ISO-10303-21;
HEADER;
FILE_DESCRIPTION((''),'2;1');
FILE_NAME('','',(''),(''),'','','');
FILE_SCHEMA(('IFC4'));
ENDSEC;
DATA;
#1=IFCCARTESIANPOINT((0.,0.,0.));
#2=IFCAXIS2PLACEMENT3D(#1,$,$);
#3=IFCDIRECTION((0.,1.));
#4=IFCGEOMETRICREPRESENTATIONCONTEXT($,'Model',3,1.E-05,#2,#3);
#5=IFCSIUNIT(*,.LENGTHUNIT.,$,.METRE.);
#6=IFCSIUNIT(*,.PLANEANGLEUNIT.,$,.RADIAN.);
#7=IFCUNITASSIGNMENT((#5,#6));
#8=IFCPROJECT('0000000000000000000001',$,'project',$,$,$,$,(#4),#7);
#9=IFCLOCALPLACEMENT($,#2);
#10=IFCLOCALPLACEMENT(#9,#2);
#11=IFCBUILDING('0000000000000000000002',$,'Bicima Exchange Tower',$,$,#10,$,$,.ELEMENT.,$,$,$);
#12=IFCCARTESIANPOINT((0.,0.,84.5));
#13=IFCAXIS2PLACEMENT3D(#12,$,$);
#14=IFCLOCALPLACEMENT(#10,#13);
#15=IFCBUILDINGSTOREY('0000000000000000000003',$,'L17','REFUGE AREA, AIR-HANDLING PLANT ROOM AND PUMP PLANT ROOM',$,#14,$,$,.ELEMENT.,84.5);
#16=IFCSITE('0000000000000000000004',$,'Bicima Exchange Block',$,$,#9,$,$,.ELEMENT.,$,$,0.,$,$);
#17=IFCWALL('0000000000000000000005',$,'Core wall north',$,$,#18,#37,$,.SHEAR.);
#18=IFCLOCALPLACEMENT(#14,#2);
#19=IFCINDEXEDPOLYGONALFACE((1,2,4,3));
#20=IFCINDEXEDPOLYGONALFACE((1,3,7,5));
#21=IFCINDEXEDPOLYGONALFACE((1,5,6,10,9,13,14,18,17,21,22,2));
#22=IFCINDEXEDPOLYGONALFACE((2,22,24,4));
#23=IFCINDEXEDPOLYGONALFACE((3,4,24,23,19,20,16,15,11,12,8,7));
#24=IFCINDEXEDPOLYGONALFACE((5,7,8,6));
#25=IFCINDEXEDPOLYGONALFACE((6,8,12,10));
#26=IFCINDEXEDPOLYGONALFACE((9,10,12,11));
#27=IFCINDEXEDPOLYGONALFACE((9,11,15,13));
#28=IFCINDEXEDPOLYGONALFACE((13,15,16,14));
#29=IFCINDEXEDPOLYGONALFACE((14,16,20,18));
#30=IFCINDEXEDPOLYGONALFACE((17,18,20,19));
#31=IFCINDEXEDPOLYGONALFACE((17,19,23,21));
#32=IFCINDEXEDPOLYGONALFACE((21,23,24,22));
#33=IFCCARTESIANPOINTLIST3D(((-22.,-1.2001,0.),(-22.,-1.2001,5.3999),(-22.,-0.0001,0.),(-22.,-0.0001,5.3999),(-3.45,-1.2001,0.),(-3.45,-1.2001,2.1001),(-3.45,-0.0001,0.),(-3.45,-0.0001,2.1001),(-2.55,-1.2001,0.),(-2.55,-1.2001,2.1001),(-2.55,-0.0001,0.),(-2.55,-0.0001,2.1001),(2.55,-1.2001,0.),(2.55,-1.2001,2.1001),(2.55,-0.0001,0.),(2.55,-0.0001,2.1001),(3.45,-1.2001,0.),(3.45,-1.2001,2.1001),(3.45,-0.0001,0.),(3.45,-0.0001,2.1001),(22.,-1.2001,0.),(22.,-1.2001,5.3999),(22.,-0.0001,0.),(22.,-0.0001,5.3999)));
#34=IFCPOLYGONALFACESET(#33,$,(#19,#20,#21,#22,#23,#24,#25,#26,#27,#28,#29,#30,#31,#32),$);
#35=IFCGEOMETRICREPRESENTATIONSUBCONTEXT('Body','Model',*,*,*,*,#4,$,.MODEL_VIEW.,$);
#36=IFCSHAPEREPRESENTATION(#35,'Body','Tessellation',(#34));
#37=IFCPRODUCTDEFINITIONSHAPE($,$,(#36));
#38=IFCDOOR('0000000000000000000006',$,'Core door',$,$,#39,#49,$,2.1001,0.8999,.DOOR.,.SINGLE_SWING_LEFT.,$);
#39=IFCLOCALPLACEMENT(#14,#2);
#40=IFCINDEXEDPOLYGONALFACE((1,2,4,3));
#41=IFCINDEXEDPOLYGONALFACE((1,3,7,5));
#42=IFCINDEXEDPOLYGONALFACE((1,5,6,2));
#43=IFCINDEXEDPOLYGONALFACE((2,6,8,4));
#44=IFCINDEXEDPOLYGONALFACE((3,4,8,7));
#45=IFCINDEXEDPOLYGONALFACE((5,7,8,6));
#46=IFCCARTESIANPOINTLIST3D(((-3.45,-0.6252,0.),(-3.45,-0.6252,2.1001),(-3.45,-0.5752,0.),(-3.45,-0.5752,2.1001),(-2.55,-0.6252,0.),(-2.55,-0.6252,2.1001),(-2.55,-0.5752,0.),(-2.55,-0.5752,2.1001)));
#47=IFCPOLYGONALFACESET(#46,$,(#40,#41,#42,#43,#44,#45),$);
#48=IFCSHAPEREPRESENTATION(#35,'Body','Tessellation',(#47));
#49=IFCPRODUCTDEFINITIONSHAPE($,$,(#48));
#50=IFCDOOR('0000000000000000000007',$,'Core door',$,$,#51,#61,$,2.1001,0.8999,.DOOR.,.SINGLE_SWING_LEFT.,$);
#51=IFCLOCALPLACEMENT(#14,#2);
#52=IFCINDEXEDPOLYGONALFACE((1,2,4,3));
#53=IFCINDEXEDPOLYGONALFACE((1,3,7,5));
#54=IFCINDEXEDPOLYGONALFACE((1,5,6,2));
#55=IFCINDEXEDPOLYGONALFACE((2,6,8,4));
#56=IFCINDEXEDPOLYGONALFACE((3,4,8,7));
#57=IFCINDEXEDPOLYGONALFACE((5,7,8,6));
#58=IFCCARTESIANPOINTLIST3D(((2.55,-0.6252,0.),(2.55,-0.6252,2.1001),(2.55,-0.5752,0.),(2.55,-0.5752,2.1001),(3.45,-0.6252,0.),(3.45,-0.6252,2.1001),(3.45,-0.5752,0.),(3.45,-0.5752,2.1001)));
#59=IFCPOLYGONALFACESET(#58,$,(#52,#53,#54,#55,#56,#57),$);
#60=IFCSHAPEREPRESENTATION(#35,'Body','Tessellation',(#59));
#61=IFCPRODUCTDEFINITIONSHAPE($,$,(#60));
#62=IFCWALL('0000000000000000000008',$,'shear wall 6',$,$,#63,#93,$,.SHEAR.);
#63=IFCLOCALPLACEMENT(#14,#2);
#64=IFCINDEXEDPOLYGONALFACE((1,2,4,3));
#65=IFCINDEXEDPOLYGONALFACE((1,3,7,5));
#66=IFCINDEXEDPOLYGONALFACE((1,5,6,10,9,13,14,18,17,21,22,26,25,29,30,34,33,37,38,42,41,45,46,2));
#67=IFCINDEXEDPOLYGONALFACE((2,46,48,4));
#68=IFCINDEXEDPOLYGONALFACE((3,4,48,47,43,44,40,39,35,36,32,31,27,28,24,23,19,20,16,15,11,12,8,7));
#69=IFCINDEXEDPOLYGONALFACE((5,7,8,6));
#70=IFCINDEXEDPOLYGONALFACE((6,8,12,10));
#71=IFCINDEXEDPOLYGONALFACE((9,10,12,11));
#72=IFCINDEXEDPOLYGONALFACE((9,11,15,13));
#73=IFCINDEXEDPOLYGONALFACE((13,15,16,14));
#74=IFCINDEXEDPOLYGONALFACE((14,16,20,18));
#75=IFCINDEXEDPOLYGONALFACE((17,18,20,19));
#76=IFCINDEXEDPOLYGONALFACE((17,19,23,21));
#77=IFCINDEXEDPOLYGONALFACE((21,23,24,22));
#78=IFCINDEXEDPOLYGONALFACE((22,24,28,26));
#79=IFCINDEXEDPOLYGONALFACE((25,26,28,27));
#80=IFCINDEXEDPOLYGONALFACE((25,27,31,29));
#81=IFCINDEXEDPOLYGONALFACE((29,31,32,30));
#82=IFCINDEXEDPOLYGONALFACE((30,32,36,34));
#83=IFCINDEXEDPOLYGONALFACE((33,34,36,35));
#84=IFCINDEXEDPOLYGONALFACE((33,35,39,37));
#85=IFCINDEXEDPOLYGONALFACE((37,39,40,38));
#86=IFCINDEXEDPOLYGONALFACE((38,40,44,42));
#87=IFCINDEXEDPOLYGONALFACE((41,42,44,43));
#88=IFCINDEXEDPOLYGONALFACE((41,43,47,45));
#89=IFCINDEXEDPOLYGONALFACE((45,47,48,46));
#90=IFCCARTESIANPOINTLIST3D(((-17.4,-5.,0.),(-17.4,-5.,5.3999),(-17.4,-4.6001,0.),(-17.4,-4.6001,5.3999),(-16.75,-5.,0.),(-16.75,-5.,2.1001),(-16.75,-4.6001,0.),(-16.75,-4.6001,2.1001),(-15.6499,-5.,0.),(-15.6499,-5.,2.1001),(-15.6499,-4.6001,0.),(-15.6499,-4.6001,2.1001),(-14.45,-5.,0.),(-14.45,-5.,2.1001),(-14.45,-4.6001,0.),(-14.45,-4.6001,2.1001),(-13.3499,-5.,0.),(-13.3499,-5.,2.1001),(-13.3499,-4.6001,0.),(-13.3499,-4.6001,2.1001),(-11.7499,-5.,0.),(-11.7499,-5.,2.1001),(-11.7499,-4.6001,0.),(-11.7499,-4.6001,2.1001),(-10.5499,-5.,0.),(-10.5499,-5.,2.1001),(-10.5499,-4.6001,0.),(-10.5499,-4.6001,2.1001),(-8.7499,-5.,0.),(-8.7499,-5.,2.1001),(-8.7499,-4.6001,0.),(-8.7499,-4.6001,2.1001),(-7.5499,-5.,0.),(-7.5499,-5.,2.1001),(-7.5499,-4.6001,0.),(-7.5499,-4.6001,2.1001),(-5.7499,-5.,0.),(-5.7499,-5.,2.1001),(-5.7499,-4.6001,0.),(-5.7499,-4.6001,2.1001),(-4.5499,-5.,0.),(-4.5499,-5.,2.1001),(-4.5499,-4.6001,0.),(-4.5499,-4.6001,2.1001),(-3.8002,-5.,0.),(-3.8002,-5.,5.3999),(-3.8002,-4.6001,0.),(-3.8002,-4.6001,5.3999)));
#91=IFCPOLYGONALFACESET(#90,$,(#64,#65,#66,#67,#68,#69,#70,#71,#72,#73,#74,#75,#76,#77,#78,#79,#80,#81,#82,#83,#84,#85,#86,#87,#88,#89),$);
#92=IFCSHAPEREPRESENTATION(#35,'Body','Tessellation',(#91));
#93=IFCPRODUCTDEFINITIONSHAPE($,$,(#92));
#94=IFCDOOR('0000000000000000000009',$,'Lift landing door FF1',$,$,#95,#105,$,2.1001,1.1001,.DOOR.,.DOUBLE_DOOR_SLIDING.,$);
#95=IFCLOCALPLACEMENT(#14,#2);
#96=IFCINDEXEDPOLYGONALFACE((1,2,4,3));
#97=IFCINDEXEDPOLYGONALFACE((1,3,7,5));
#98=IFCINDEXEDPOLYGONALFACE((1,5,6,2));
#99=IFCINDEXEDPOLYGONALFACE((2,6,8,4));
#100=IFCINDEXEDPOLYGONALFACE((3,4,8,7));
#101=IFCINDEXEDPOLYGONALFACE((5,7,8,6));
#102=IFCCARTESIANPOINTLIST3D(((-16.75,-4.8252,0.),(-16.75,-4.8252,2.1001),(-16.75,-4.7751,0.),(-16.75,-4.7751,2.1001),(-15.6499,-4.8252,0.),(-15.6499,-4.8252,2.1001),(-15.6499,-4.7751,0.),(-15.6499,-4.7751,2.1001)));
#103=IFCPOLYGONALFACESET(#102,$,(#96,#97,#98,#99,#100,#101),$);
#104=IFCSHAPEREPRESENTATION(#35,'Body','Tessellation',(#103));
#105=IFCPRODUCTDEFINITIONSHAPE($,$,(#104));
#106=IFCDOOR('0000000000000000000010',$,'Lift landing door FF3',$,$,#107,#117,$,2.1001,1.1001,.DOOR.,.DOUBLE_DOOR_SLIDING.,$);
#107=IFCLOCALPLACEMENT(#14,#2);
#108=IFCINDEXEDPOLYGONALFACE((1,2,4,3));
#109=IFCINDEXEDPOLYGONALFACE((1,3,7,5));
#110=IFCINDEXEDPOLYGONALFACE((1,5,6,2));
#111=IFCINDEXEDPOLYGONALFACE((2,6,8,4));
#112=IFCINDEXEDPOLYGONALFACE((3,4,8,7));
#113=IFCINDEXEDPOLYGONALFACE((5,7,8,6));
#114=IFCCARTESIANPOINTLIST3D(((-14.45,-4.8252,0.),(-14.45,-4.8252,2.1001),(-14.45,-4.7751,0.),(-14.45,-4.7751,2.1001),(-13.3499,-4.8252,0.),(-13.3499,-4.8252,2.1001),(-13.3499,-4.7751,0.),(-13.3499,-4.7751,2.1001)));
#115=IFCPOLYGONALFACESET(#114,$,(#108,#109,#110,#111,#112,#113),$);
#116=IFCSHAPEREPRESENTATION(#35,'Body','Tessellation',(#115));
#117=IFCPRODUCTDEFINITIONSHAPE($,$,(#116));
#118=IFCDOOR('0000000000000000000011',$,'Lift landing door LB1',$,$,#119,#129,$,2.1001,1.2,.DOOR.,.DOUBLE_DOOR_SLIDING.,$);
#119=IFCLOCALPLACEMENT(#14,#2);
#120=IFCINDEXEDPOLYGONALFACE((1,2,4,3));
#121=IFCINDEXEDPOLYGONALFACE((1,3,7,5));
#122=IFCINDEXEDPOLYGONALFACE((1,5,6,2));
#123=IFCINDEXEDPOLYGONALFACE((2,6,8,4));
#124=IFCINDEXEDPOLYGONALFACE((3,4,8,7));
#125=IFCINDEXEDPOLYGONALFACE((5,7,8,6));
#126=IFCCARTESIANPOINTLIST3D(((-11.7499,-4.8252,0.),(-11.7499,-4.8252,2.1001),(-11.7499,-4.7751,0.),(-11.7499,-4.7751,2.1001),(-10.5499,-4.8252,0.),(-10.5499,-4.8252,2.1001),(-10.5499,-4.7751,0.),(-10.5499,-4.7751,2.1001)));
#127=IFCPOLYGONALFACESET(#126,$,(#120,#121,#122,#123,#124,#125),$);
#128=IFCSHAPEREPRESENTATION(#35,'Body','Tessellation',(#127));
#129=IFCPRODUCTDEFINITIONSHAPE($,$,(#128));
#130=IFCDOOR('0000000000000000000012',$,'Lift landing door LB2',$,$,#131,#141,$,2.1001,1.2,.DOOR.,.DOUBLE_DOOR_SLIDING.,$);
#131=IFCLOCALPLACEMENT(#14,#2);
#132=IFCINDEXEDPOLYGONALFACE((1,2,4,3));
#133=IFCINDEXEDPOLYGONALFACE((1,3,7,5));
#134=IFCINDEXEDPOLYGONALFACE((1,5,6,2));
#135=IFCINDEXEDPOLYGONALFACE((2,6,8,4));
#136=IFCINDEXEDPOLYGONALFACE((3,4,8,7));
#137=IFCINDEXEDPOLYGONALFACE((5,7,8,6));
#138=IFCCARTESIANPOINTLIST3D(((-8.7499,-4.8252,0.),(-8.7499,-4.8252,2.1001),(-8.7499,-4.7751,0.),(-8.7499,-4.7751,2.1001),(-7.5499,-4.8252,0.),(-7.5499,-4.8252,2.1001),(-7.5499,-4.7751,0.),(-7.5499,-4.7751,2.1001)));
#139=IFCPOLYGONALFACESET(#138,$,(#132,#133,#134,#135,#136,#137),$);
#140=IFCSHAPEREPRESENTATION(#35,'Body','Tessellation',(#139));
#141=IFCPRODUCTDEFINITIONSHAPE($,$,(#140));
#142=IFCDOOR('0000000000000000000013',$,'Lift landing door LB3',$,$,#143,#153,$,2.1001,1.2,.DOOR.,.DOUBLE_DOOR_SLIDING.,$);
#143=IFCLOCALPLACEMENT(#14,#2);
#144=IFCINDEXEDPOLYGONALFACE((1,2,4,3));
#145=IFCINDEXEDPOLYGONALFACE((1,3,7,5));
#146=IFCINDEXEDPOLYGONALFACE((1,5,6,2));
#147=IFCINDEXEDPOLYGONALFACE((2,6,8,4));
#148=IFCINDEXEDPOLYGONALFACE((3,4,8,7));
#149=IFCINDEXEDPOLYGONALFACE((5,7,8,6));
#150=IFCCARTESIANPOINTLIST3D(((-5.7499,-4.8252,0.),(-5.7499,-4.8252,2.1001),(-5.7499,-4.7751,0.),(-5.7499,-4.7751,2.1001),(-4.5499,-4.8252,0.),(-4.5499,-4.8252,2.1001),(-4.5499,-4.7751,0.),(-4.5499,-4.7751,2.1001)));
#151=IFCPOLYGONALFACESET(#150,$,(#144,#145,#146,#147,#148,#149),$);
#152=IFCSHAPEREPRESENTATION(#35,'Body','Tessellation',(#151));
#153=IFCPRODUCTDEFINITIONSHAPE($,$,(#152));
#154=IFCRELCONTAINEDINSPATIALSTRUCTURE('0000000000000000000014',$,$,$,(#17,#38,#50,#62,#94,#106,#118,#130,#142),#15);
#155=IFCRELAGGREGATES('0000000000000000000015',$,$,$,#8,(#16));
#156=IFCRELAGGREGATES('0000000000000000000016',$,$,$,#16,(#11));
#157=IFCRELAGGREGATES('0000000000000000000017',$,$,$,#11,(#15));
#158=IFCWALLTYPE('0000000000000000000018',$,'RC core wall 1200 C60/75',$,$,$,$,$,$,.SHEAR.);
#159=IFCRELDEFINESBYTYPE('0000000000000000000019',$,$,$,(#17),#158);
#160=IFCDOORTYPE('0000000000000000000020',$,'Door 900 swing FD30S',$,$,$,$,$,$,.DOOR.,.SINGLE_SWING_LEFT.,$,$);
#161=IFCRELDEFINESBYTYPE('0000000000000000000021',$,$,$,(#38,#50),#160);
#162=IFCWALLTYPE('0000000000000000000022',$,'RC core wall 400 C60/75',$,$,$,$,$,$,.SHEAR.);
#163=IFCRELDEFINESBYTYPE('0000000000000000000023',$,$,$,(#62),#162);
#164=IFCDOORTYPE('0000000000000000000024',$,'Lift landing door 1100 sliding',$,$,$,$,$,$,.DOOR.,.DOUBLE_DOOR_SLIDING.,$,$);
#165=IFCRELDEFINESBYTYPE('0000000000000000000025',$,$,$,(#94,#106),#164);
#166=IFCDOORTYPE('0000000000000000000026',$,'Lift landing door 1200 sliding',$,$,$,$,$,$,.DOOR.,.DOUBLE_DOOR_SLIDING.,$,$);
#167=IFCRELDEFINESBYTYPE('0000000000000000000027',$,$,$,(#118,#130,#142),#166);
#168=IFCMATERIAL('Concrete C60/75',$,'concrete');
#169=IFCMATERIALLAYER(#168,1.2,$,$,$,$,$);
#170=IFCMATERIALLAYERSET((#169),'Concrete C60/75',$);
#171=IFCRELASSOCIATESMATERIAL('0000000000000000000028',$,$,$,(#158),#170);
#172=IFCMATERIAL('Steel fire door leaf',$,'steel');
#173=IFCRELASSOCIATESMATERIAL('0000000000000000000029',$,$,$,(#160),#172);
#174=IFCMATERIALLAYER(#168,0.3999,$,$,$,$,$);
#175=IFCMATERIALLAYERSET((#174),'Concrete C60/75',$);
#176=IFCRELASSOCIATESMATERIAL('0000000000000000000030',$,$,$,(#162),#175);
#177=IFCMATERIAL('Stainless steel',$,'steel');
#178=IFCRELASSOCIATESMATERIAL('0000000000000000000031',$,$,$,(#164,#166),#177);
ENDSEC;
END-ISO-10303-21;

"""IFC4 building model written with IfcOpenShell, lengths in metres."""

from ifc_helpers import new_model, si_unit, direction, frame, frame_2d, origin, place, context, subcontext, project, spatial, rectangle, extrude, material, layer, layer_set, type_object, element, fill, save


model = new_model("IFC4")

# Units and contexts
model_context = context("Model", 3, precision=1e-05, world=origin(), true_north=direction((0.0, 1.0)))
body_context = subcontext(model_context, "Body", "Model", "MODEL_VIEW")
ifc_project = project(units=[si_unit("LENGTHUNIT", "METRE"), si_unit("PLANEANGLEUNIT", "RADIAN")], contexts=[model_context])

# Site, building, storey
site_placement = place(None, origin())
site = spatial("IfcSite", under=ifc_project, at=site_placement, Name="Bicima Exchange Block", CompositionType="ELEMENT", RefElevation=0.0)
building_placement = place(site_placement, origin())
building = spatial("IfcBuilding", under=site, at=building_placement, Name="Bicima Exchange Tower", CompositionType="ELEMENT")
storey_placement = place(building_placement, frame((0.0, 0.0, 84.5)))
storey = spatial("IfcBuildingStorey", under=building, at=storey_placement, Name="L17", Description="REFUGE AREA, AIR-HANDLING PLANT ROOM AND PUMP PLANT ROOM", CompositionType="ELEMENT", Elevation=84.5)

# Walls, openings, doors
ifc_material_1 = material(Name="Concrete C60/75", Category="concrete")
ifc_layer_1 = layer(ifc_material_1, 1.2)
ifc_layer_set_1 = layer_set([ifc_layer_1], Name="Concrete C60/75")
wall_type_1 = type_object("IfcWallType", Name="RC core wall 1200 C60/75", PredefinedType="SHEAR", material=ifc_layer_set_1)
wall_1_placement = place(storey_placement, frame((-22.0, -0.6001, 0.0), z_axis=(0.0, 0.0, 1.0), x_axis=(1.0, 0.0, 0.0)))
wall_1 = element("IfcWall", 1, at=wall_1_placement, inside=storey, type_object=wall_type_1, Name="Core wall north", PredefinedType="SHEAR", context=body_context, shape_type="SweptSolid", body=[
    extrude(rectangle(XDim=44.0, YDim=1.2, at=frame_2d((22.0, 0.0))), origin(), (0.0, 0.0, 1.0), 5.3999),
])
opening_1_placement = place(wall_1_placement, frame((18.55, 0.0, 0.0)))
opening_1 = element("IfcOpeningElement", 2, at=opening_1_placement, cuts=wall_1, PredefinedType="OPENING", context=body_context, shape_type="SweptSolid", body=[
    extrude(rectangle(XDim=0.8999, YDim=2.1001, at=frame_2d((0.45, 1.05))), frame((0.0, 0.6118, 0.0), z_axis=(0.0, -1.0, 0.0), x_axis=(1.0, 0.0, 0.0)), (0.0, 0.0, 1.0), 1.2239),
])
opening_2_placement = place(wall_1_placement, frame((24.55, 0.0, 0.0)))
opening_2 = element("IfcOpeningElement", 3, at=opening_2_placement, cuts=wall_1, PredefinedType="OPENING", context=body_context, shape_type="SweptSolid", body=[
    extrude(rectangle(XDim=0.8999, YDim=2.1001, at=frame_2d((0.45, 1.05))), frame((0.0, 0.6118, 0.0), z_axis=(0.0, -1.0, 0.0), x_axis=(1.0, 0.0, 0.0)), (0.0, 0.0, 1.0), 1.2239),
])
ifc_material_2 = material(Name="Steel fire door leaf", Category="steel")
door_type_1 = type_object("IfcDoorType", Name="Door 900 swing FD30S", OperationType="SINGLE_SWING_LEFT", PredefinedType="DOOR", material=ifc_material_2)
door_1_placement = place(opening_1_placement, origin())
door_1 = element("IfcDoor", 4, at=door_1_placement, inside=storey, type_object=door_type_1, Name="Core door", OperationType="SINGLE_SWING_LEFT", OverallHeight=2.1001, OverallWidth=0.8999, PredefinedType="DOOR", context=body_context, shape_type="SweptSolid", body=[
    extrude(rectangle(XDim=0.8999, YDim=2.1001, at=frame_2d((0.45, 1.05))), frame((0.0, 0.0249, 0.0), z_axis=(0.0, -1.0, 0.0), x_axis=(1.0, 0.0, 0.0)), (0.0, 0.0, 1.0), 0.05),
])
fill(opening_1, door_1)
door_2_placement = place(opening_2_placement, origin())
door_2 = element("IfcDoor", 5, at=door_2_placement, inside=storey, type_object=door_type_1, Name="Core door", OperationType="SINGLE_SWING_LEFT", OverallHeight=2.1001, OverallWidth=0.8999, PredefinedType="DOOR", context=body_context, shape_type="SweptSolid", body=[
    extrude(rectangle(XDim=0.8999, YDim=2.1001, at=frame_2d((0.45, 1.05))), frame((0.0, 0.0249, 0.0), z_axis=(0.0, -1.0, 0.0), x_axis=(1.0, 0.0, 0.0)), (0.0, 0.0, 1.0), 0.05),
])
fill(opening_2, door_2)
ifc_layer_2 = layer(ifc_material_1, 0.3999)
ifc_layer_set_2 = layer_set([ifc_layer_2], Name="Concrete C60/75")
wall_type_2 = type_object("IfcWallType", Name="RC core wall 400 C60/75", PredefinedType="SHEAR", material=ifc_layer_set_2)
wall_2_placement = place(storey_placement, frame((-17.3999, -4.8, 0.0), z_axis=(0.0, 0.0, 1.0), x_axis=(1.0, 0.0, 0.0)))
wall_2 = element("IfcWall", 6, at=wall_2_placement, inside=storey, type_object=wall_type_2, Name="shear wall 6", PredefinedType="SHEAR", context=body_context, shape_type="SweptSolid", body=[
    extrude(rectangle(XDim=13.5999, YDim=0.3999, at=frame_2d((6.7998, 0.0))), origin(), (0.0, 0.0, 1.0), 5.3999),
])
opening_3_placement = place(wall_2_placement, frame((0.6499, 0.0, 0.0)))
opening_3 = element("IfcOpeningElement", 7, at=opening_3_placement, cuts=wall_2, PredefinedType="OPENING", context=body_context, shape_type="SweptSolid", body=[
    extrude(rectangle(XDim=1.1001, YDim=2.1001, at=frame_2d((0.55, 1.05))), frame((0.0, 0.2119, 0.0), z_axis=(0.0, -1.0, 0.0), x_axis=(1.0, 0.0, 0.0)), (0.0, 0.0, 1.0), 0.4238),
])
opening_4_placement = place(wall_2_placement, frame((2.95, 0.0, 0.0)))
opening_4 = element("IfcOpeningElement", 8, at=opening_4_placement, cuts=wall_2, PredefinedType="OPENING", context=body_context, shape_type="SweptSolid", body=[
    extrude(rectangle(XDim=1.1001, YDim=2.1001, at=frame_2d((0.55, 1.05))), frame((0.0, 0.2119, 0.0), z_axis=(0.0, -1.0, 0.0), x_axis=(1.0, 0.0, 0.0)), (0.0, 0.0, 1.0), 0.4238),
])
opening_5_placement = place(wall_2_placement, frame((5.6499, 0.0, 0.0)))
opening_5 = element("IfcOpeningElement", 9, at=opening_5_placement, cuts=wall_2, PredefinedType="OPENING", context=body_context, shape_type="SweptSolid", body=[
    extrude(rectangle(XDim=1.2, YDim=2.1001, at=frame_2d((0.6001, 1.05))), frame((0.0, 0.2119, 0.0), z_axis=(0.0, -1.0, 0.0), x_axis=(1.0, 0.0, 0.0)), (0.0, 0.0, 1.0), 0.4238),
])
opening_6_placement = place(wall_2_placement, frame((8.6499, 0.0, 0.0)))
opening_6 = element("IfcOpeningElement", 10, at=opening_6_placement, cuts=wall_2, PredefinedType="OPENING", context=body_context, shape_type="SweptSolid", body=[
    extrude(rectangle(XDim=1.2, YDim=2.1001, at=frame_2d((0.6001, 1.05))), frame((0.0, 0.2119, 0.0), z_axis=(0.0, -1.0, 0.0), x_axis=(1.0, 0.0, 0.0)), (0.0, 0.0, 1.0), 0.4238),
])
opening_7_placement = place(wall_2_placement, frame((11.6499, 0.0, 0.0)))
opening_7 = element("IfcOpeningElement", 11, at=opening_7_placement, cuts=wall_2, PredefinedType="OPENING", context=body_context, shape_type="SweptSolid", body=[
    extrude(rectangle(XDim=1.2, YDim=2.1001, at=frame_2d((0.6001, 1.05))), frame((0.0, 0.2119, 0.0), z_axis=(0.0, -1.0, 0.0), x_axis=(1.0, 0.0, 0.0)), (0.0, 0.0, 1.0), 0.4238),
])
ifc_material_3 = material(Name="Stainless steel", Category="steel")
door_type_2 = type_object("IfcDoorType", Name="Lift landing door 1100 sliding", OperationType="DOUBLE_DOOR_SLIDING", PredefinedType="DOOR", material=ifc_material_3)
door_3_placement = place(opening_3_placement, origin())
door_3 = element("IfcDoor", 12, at=door_3_placement, inside=storey, type_object=door_type_2, Name="Lift landing door FF1", OperationType="DOUBLE_DOOR_SLIDING", OverallHeight=2.1001, OverallWidth=1.1001, PredefinedType="DOOR", context=body_context, shape_type="SweptSolid", body=[
    extrude(rectangle(XDim=1.1001, YDim=2.1001, at=frame_2d((0.55, 1.05))), frame((0.0, 0.0249, 0.0), z_axis=(0.0, -1.0, 0.0), x_axis=(1.0, 0.0, 0.0)), (0.0, 0.0, 1.0), 0.05),
])
fill(opening_3, door_3)
door_4_placement = place(opening_4_placement, origin())
door_4 = element("IfcDoor", 13, at=door_4_placement, inside=storey, type_object=door_type_2, Name="Lift landing door FF3", OperationType="DOUBLE_DOOR_SLIDING", OverallHeight=2.1001, OverallWidth=1.1001, PredefinedType="DOOR", context=body_context, shape_type="SweptSolid", body=[
    extrude(rectangle(XDim=1.1001, YDim=2.1001, at=frame_2d((0.55, 1.05))), frame((0.0, 0.0249, 0.0), z_axis=(0.0, -1.0, 0.0), x_axis=(1.0, 0.0, 0.0)), (0.0, 0.0, 1.0), 0.05),
])
fill(opening_4, door_4)
door_type_3 = type_object("IfcDoorType", Name="Lift landing door 1200 sliding", OperationType="DOUBLE_DOOR_SLIDING", PredefinedType="DOOR", material=ifc_material_3)
door_5_placement = place(opening_5_placement, origin())
door_5 = element("IfcDoor", 14, at=door_5_placement, inside=storey, type_object=door_type_3, Name="Lift landing door LB1", OperationType="DOUBLE_DOOR_SLIDING", OverallHeight=2.1001, OverallWidth=1.2, PredefinedType="DOOR", context=body_context, shape_type="SweptSolid", body=[
    extrude(rectangle(XDim=1.2, YDim=2.1001, at=frame_2d((0.6001, 1.05))), frame((0.0, 0.0249, 0.0), z_axis=(0.0, -1.0, 0.0), x_axis=(1.0, 0.0, 0.0)), (0.0, 0.0, 1.0), 0.05),
])
fill(opening_5, door_5)
door_6_placement = place(opening_6_placement, origin())
door_6 = element("IfcDoor", 15, at=door_6_placement, inside=storey, type_object=door_type_3, Name="Lift landing door LB2", OperationType="DOUBLE_DOOR_SLIDING", OverallHeight=2.1001, OverallWidth=1.2, PredefinedType="DOOR", context=body_context, shape_type="SweptSolid", body=[
    extrude(rectangle(XDim=1.2, YDim=2.1001, at=frame_2d((0.6001, 1.05))), frame((0.0, 0.0249, 0.0), z_axis=(0.0, -1.0, 0.0), x_axis=(1.0, 0.0, 0.0)), (0.0, 0.0, 1.0), 0.05),
])
fill(opening_6, door_6)
door_7_placement = place(opening_7_placement, origin())
door_7 = element("IfcDoor", 16, at=door_7_placement, inside=storey, type_object=door_type_3, Name="Lift landing door LB3", OperationType="DOUBLE_DOOR_SLIDING", OverallHeight=2.1001, OverallWidth=1.2, PredefinedType="DOOR", context=body_context, shape_type="SweptSolid", body=[
    extrude(rectangle(XDim=1.2, YDim=2.1001, at=frame_2d((0.6001, 1.05))), frame((0.0, 0.0249, 0.0), z_axis=(0.0, -1.0, 0.0), x_axis=(1.0, 0.0, 0.0)), (0.0, 0.0, 1.0), 0.05),
])
fill(opening_7, door_7)

save(model, "model.ifc")
